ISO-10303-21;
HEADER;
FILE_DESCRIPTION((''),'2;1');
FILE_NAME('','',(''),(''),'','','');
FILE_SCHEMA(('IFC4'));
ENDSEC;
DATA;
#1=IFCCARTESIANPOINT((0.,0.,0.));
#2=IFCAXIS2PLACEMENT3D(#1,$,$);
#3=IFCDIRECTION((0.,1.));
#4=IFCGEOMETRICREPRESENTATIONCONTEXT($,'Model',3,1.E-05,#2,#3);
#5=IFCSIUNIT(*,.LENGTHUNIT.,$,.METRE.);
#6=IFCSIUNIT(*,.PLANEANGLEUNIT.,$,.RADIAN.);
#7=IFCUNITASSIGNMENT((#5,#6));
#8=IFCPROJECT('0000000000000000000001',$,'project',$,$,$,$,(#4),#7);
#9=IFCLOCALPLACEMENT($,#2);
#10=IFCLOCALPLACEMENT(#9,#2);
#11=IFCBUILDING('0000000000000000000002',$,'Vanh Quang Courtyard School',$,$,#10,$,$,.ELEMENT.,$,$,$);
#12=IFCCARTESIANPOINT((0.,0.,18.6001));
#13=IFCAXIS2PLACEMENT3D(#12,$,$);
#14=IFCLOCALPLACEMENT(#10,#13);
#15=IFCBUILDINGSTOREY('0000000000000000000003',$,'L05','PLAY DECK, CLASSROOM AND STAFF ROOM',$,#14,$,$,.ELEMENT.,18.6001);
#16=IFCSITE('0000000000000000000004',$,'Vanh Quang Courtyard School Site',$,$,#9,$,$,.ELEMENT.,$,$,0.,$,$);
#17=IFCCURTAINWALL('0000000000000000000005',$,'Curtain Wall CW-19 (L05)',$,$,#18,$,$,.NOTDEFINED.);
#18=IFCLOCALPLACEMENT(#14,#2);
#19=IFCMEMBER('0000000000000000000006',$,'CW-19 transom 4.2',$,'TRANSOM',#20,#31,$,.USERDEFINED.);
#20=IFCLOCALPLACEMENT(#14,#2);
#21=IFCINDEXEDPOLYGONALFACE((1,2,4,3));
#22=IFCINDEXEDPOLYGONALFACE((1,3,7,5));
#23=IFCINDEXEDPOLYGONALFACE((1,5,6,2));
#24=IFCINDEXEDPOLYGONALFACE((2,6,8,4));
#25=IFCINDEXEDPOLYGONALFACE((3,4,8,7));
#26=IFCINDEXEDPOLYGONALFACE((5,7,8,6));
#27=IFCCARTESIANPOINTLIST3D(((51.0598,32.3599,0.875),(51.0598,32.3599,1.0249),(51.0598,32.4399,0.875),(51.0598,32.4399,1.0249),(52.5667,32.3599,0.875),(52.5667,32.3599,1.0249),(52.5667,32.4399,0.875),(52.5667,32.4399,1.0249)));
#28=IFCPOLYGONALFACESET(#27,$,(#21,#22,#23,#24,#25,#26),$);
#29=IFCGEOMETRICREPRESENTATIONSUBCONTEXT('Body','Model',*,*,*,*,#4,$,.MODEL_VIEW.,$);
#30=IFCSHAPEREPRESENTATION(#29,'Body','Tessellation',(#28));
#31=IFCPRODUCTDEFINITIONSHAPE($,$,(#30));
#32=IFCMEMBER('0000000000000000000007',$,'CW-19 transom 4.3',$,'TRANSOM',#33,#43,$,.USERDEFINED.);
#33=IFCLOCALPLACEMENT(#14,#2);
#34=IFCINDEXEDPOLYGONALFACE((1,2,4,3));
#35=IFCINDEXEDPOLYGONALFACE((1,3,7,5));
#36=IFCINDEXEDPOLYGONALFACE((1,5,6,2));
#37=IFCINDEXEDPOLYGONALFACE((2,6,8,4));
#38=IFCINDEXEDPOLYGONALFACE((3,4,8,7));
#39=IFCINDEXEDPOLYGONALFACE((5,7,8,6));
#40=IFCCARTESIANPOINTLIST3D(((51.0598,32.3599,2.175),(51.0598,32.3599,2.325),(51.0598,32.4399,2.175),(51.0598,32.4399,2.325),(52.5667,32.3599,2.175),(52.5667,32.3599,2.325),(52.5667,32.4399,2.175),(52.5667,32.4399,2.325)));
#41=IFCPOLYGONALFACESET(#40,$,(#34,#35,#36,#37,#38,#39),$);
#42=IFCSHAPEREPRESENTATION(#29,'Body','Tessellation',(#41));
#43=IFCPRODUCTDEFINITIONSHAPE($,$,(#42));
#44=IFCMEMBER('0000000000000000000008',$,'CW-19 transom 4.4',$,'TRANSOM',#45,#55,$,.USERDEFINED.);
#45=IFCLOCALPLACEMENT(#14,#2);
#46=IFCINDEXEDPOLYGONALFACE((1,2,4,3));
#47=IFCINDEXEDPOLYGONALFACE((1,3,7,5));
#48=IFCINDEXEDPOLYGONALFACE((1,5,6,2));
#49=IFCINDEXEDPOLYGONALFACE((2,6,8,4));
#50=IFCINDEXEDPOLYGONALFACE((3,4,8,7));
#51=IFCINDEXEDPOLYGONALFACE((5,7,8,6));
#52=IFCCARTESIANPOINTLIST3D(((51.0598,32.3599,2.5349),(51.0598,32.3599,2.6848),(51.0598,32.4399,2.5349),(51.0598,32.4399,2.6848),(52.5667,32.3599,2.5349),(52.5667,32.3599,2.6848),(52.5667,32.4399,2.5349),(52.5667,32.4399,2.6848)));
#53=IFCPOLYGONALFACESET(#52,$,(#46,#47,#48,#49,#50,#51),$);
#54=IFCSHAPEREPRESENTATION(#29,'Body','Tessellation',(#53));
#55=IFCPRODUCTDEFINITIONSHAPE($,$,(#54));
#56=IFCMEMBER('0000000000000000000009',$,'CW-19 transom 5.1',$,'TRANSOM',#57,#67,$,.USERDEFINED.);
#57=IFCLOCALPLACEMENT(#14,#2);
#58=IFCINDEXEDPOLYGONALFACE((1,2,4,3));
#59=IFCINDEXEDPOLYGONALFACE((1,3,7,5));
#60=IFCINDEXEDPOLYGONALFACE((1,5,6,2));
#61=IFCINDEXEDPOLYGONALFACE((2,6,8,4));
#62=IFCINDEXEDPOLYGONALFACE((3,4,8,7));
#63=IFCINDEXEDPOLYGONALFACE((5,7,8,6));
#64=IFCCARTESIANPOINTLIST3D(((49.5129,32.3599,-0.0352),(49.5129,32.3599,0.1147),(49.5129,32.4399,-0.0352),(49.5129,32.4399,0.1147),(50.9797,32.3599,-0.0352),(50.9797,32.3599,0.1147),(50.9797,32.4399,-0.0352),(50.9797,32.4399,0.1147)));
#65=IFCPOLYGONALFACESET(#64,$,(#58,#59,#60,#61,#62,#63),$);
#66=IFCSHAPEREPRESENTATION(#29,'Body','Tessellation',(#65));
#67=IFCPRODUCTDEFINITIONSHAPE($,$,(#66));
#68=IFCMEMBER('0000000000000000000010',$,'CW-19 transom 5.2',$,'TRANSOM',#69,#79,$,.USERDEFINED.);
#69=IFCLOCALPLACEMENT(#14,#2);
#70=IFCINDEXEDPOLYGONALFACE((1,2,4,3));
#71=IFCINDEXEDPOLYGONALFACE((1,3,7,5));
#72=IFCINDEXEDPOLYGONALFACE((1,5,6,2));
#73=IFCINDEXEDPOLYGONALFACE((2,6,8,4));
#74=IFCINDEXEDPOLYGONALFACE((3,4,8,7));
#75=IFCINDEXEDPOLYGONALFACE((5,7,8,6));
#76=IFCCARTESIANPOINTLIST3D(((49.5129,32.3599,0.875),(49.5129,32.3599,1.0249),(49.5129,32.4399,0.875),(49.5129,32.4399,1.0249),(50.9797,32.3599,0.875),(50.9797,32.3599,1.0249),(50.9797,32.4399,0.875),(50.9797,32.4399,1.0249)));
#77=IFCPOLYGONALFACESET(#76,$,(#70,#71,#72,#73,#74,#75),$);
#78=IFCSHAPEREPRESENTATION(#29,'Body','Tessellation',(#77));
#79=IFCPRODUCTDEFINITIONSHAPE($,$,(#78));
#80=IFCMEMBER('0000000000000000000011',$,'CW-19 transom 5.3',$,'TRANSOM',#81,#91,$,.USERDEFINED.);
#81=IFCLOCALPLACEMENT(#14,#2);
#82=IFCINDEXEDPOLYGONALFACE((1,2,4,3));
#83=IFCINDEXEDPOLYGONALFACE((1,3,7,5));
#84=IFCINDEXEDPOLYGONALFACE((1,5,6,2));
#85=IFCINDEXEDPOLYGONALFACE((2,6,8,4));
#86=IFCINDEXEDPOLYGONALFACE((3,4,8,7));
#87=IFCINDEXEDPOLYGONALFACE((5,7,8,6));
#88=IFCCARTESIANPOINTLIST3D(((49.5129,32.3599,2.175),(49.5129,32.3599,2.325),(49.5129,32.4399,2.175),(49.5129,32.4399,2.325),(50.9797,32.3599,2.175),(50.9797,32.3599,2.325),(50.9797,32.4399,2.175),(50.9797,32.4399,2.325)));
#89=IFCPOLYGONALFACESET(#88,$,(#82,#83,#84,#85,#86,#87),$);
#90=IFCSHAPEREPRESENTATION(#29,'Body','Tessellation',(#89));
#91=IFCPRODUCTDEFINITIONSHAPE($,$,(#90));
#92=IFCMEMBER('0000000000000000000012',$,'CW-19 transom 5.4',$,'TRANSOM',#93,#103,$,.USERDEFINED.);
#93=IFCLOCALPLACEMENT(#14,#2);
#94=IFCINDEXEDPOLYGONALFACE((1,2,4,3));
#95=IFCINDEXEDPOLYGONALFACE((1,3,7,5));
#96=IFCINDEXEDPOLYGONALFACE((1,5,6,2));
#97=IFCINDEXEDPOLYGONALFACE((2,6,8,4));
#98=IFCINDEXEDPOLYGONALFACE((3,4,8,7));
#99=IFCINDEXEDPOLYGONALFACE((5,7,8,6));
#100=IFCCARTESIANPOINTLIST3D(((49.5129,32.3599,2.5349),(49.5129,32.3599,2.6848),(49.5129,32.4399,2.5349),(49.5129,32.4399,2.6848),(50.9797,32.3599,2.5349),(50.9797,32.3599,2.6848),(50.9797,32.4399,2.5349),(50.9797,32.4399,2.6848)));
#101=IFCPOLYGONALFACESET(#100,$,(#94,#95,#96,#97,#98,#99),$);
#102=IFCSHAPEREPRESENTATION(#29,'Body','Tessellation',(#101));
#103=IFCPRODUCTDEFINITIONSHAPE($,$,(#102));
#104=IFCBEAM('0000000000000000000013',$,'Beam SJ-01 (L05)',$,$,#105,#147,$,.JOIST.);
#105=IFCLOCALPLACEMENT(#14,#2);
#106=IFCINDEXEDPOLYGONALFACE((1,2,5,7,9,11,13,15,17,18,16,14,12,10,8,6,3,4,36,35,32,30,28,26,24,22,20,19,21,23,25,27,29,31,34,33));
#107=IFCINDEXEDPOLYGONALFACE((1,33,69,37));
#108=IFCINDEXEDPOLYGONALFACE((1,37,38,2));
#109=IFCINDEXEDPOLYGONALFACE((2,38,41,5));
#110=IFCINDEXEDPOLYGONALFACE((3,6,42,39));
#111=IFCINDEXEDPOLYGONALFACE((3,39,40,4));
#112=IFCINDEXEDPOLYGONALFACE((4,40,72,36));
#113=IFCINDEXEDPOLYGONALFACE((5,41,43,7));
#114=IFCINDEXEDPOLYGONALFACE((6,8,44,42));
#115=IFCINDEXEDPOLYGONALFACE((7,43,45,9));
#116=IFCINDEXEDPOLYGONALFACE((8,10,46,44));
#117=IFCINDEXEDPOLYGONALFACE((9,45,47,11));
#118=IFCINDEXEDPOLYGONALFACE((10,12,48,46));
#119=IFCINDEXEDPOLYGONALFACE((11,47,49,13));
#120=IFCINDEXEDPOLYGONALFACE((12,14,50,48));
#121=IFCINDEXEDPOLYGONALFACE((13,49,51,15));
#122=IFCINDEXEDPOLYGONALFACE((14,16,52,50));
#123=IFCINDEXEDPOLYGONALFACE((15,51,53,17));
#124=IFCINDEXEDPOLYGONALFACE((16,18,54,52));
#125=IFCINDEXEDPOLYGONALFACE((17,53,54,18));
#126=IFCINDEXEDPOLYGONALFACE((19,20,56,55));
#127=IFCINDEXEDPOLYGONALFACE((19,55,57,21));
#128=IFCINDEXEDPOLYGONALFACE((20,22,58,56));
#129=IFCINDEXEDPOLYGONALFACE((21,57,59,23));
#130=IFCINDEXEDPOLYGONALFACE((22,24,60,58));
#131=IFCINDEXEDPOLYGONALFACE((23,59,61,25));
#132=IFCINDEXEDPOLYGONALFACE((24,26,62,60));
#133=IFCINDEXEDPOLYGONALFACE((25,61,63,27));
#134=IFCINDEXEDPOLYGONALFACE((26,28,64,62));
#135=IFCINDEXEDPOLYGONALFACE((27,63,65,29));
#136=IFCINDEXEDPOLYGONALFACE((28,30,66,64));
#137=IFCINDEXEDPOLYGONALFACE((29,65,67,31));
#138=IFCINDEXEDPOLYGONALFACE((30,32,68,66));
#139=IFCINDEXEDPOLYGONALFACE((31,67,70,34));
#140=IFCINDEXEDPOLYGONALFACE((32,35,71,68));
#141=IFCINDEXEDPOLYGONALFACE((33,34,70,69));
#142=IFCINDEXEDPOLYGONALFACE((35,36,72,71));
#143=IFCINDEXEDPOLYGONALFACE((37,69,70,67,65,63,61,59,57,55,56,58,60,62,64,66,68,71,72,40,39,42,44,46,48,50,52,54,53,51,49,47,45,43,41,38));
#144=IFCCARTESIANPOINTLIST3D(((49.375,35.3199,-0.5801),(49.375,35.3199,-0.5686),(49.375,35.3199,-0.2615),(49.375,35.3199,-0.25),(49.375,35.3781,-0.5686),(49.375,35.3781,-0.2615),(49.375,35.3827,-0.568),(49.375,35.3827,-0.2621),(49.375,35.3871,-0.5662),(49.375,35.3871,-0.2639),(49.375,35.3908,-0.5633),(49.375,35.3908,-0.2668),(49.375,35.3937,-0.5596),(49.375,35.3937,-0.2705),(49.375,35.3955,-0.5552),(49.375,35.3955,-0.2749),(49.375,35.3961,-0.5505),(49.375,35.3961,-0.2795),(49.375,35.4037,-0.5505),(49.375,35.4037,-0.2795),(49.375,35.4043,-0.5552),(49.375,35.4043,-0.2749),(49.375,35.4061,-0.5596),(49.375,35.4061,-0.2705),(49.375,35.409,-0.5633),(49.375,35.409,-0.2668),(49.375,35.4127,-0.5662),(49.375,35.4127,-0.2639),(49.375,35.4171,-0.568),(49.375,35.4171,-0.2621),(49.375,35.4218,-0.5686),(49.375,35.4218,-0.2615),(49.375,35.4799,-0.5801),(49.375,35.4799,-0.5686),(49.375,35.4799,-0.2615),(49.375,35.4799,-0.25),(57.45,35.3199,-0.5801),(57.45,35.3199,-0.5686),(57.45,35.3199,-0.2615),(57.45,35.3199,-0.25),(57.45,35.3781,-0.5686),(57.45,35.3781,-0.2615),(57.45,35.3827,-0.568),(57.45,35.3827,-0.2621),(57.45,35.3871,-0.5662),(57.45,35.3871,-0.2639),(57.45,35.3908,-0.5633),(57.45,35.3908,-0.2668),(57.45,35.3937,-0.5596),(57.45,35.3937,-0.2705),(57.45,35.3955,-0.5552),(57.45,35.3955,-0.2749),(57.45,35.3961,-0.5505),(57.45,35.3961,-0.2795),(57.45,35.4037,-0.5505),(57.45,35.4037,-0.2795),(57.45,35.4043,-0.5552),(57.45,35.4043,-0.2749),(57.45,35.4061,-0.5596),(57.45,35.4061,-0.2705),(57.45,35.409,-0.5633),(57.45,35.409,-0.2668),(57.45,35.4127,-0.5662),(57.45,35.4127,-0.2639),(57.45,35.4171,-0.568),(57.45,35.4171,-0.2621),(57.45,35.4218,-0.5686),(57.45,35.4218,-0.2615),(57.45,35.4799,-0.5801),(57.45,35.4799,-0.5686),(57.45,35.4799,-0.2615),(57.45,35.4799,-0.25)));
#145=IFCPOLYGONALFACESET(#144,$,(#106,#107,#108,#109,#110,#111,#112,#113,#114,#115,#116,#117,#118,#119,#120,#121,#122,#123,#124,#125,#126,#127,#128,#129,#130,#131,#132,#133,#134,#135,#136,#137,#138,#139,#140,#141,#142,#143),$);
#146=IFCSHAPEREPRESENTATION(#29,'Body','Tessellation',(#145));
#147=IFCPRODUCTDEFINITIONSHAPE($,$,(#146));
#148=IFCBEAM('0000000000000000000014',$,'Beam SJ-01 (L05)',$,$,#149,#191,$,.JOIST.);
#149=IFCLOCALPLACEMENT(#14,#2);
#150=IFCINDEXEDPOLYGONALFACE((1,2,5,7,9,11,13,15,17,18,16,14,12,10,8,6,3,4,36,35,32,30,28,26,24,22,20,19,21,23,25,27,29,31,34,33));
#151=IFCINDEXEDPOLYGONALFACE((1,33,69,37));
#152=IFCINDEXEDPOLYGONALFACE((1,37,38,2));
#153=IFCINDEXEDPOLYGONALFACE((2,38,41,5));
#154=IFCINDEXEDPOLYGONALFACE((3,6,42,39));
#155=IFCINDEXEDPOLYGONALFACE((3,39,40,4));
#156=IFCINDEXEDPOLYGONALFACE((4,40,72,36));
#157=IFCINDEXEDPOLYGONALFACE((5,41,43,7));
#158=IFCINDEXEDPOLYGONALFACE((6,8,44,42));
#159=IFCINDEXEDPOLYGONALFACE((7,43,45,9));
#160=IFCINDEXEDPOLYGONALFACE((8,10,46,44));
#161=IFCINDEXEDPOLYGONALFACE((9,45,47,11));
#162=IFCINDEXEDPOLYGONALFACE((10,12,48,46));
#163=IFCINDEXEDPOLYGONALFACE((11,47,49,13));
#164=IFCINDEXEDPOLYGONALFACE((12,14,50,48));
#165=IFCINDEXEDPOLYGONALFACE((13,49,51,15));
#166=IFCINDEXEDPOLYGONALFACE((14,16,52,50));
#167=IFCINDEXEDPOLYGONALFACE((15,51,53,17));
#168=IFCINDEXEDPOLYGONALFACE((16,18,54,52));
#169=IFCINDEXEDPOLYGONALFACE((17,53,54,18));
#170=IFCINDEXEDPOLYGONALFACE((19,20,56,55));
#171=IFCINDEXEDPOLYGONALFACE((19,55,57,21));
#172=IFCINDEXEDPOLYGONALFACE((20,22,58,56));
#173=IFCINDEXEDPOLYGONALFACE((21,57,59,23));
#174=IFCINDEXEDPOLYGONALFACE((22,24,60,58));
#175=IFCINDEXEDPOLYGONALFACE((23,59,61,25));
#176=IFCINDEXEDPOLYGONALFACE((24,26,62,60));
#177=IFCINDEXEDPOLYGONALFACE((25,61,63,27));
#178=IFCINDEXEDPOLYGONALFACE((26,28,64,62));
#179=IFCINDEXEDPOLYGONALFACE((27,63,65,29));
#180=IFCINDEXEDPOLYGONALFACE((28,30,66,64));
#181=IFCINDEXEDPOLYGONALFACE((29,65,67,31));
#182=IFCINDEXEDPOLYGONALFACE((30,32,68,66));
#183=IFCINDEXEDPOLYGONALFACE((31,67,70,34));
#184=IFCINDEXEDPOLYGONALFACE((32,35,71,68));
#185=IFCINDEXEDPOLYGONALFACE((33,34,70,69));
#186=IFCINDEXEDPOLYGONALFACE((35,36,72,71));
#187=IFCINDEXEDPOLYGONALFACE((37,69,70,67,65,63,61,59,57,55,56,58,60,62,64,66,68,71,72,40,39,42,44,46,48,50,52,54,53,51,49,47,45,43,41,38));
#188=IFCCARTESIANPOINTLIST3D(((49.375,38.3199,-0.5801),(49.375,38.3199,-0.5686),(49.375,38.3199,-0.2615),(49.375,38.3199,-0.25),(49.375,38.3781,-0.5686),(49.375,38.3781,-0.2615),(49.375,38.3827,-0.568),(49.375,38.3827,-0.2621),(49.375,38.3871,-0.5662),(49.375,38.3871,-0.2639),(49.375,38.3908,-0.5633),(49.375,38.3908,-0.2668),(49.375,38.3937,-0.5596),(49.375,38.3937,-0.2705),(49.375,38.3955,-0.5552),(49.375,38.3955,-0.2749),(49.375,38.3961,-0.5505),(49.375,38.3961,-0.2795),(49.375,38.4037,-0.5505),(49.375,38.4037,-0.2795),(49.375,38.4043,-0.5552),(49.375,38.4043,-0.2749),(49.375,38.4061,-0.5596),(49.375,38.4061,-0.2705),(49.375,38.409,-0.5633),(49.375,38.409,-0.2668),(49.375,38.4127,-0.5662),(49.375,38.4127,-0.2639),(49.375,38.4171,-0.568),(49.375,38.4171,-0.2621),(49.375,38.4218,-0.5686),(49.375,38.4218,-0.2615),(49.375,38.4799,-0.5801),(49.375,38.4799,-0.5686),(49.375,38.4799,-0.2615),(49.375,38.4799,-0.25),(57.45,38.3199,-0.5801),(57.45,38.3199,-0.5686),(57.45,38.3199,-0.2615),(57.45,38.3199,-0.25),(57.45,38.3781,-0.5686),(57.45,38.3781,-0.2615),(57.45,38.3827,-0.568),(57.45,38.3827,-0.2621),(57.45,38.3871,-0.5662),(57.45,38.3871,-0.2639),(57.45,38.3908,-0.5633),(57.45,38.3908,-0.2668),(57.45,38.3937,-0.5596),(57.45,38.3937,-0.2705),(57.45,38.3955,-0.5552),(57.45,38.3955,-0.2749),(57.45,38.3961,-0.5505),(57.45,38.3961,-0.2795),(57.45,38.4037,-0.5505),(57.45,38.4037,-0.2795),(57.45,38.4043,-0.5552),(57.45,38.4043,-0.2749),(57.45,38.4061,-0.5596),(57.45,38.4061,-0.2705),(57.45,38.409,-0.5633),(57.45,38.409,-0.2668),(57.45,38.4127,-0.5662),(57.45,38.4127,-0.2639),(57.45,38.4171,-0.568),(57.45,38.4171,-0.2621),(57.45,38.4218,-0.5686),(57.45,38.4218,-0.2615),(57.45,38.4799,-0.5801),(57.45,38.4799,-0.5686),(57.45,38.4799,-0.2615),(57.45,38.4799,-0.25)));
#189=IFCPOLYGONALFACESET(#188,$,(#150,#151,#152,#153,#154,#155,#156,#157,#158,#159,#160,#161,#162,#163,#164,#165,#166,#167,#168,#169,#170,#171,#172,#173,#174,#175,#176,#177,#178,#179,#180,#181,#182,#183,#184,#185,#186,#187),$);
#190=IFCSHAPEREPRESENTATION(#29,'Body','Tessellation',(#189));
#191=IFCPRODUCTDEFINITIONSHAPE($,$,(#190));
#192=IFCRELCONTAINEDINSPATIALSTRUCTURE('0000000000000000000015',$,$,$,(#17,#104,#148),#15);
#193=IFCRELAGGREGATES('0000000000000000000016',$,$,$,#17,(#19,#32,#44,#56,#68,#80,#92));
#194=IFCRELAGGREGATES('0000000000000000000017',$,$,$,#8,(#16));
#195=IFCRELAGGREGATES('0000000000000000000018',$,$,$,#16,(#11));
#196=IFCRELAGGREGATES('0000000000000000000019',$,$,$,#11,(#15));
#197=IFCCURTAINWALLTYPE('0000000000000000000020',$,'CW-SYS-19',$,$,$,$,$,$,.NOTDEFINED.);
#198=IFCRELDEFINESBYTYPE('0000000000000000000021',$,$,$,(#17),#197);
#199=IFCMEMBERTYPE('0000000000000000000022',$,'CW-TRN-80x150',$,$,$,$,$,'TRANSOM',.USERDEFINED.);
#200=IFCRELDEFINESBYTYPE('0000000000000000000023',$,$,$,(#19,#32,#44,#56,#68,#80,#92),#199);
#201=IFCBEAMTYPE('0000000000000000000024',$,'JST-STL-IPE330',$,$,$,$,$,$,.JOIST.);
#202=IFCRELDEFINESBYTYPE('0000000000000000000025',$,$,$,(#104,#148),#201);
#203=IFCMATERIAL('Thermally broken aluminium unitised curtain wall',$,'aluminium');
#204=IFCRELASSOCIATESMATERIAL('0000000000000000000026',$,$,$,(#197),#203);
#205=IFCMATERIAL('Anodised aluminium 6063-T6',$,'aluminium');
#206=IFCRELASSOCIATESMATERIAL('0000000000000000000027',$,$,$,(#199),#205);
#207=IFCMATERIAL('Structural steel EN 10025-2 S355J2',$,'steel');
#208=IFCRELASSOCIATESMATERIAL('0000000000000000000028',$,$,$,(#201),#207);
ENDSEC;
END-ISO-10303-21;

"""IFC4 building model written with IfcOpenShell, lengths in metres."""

from ifc_helpers import new_model, si_unit, direction, frame, origin, origin_2d, place, context, subcontext, project, spatial, rectangle, i_section, extrude, material, material_profile, profile_set, type_object, element, aggregate, save


model = new_model("IFC4")

# Units and contexts
model_context = context("Model", 3, precision=1e-05, world=origin(), true_north=direction((0.0, 1.0)))
body_context = subcontext(model_context, "Body", "Model", "MODEL_VIEW")
ifc_project = project(units=[si_unit("LENGTHUNIT", "METRE"), si_unit("PLANEANGLEUNIT", "RADIAN")], contexts=[model_context])

# Site, building, storey
site_placement = place(None, origin())
site = spatial("IfcSite", under=ifc_project, at=site_placement, Name="Vanh Quang Courtyard School Site", CompositionType="ELEMENT", RefElevation=0.0)
building_placement = place(site_placement, origin())
building = spatial("IfcBuilding", under=site, at=building_placement, Name="Vanh Quang Courtyard School", CompositionType="ELEMENT")
storey_placement = place(building_placement, frame((0.0, 0.0, 18.6001)))
storey = spatial("IfcBuildingStorey", under=building, at=storey_placement, Name="L05", Description="PLAY DECK, CLASSROOM AND STAFF ROOM", CompositionType="ELEMENT", Elevation=18.6001)

# Curtain wall, members
ifc_material_1 = material(Name="Thermally broken aluminium unitised curtain wall", Category="aluminium")
curtain_wall_type = type_object("IfcCurtainWallType", Name="CW-SYS-19", PredefinedType="NOTDEFINED", material=ifc_material_1)
curtain_wall_placement = place(storey_placement, origin())
curtain_wall = element("IfcCurtainWall", 1, at=curtain_wall_placement, inside=storey, type_object=curtain_wall_type, Name="Curtain Wall CW-19 (L05)", PredefinedType="NOTDEFINED")
ifc_material_2 = material(Name="Anodised aluminium 6063-T6", Category="aluminium")
ifc_material_profile_1 = material_profile(ifc_material_2, rectangle(XDim=0.0801, YDim=0.1499, at=origin_2d()), Name="ALU-TRN 80x150")
ifc_profile_set_1 = profile_set([ifc_material_profile_1], Name="Anodised aluminium 6063-T6")
member_type_1 = type_object("IfcMemberType", Name="CW-TRN-80x150", ElementType="TRANSOM", PredefinedType="USERDEFINED", material=ifc_profile_set_1)
member_1_placement = place(storey_placement, frame((52.5667, 32.3999, 0.95), z_axis=(-1.0, 0.0, 0.0), x_axis=(0.0, -1.0, 0.0)))
member_1 = element("IfcMember", 2, at=member_1_placement, type_object=member_type_1, Name="CW-19 transom 4.2", ObjectType="TRANSOM", PredefinedType="USERDEFINED", context=body_context, shape_type="SweptSolid", body=[
    extrude(rectangle(XDim=0.0801, YDim=0.1499, at=origin_2d()), origin(), (0.0, 0.0, 1.0), 1.5068),
])
member_2_placement = place(storey_placement, frame((52.5667, 32.3999, 2.25), z_axis=(-1.0, 0.0, 0.0), x_axis=(0.0, -1.0, 0.0)))
member_2 = element("IfcMember", 3, at=member_2_placement, type_object=member_type_1, Name="CW-19 transom 4.3", ObjectType="TRANSOM", PredefinedType="USERDEFINED", context=body_context, shape_type="SweptSolid", body=[
    extrude(rectangle(XDim=0.0801, YDim=0.1499, at=origin_2d()), origin(), (0.0, 0.0, 1.0), 1.5068),
])
member_3_placement = place(storey_placement, frame((52.5667, 32.3999, 2.6099), z_axis=(-1.0, 0.0, 0.0), x_axis=(0.0, -1.0, 0.0)))
member_3 = element("IfcMember", 4, at=member_3_placement, type_object=member_type_1, Name="CW-19 transom 4.4", ObjectType="TRANSOM", PredefinedType="USERDEFINED", context=body_context, shape_type="SweptSolid", body=[
    extrude(rectangle(XDim=0.0801, YDim=0.1499, at=origin_2d()), origin(), (0.0, 0.0, 1.0), 1.5068),
])
member_4_placement = place(storey_placement, frame((50.9797, 32.3999, 0.0398), z_axis=(-1.0, 0.0, 0.0), x_axis=(0.0, -1.0, 0.0)))
member_4 = element("IfcMember", 5, at=member_4_placement, type_object=member_type_1, Name="CW-19 transom 5.1", ObjectType="TRANSOM", PredefinedType="USERDEFINED", context=body_context, shape_type="SweptSolid", body=[
    extrude(rectangle(XDim=0.0801, YDim=0.1499, at=origin_2d()), origin(), (0.0, 0.0, 1.0), 1.4668),
])
member_5_placement = place(storey_placement, frame((50.9797, 32.3999, 0.95), z_axis=(-1.0, 0.0, 0.0), x_axis=(0.0, -1.0, 0.0)))
member_5 = element("IfcMember", 6, at=member_5_placement, type_object=member_type_1, Name="CW-19 transom 5.2", ObjectType="TRANSOM", PredefinedType="USERDEFINED", context=body_context, shape_type="SweptSolid", body=[
    extrude(rectangle(XDim=0.0801, YDim=0.1499, at=origin_2d()), origin(), (0.0, 0.0, 1.0), 1.4668),
])
member_6_placement = place(storey_placement, frame((50.9797, 32.3999, 2.25), z_axis=(-1.0, 0.0, 0.0), x_axis=(0.0, -1.0, 0.0)))
member_6 = element("IfcMember", 7, at=member_6_placement, type_object=member_type_1, Name="CW-19 transom 5.3", ObjectType="TRANSOM", PredefinedType="USERDEFINED", context=body_context, shape_type="SweptSolid", body=[
    extrude(rectangle(XDim=0.0801, YDim=0.1499, at=origin_2d()), origin(), (0.0, 0.0, 1.0), 1.4668),
])
member_7_placement = place(storey_placement, frame((50.9797, 32.3999, 2.6099), z_axis=(-1.0, 0.0, 0.0), x_axis=(0.0, -1.0, 0.0)))
member_7 = element("IfcMember", 8, at=member_7_placement, type_object=member_type_1, Name="CW-19 transom 5.4", ObjectType="TRANSOM", PredefinedType="USERDEFINED", context=body_context, shape_type="SweptSolid", body=[
    extrude(rectangle(XDim=0.0801, YDim=0.1499, at=origin_2d()), origin(), (0.0, 0.0, 1.0), 1.4668),
])

# Beams
ifc_material_3 = material(Name="Structural steel EN 10025-2 S355J2", Category="steel")
ifc_material_profile_2 = material_profile(ifc_material_3, i_section(OverallWidth=0.1599, OverallDepth=0.3301, WebThickness=0.0076, FlangeThickness=0.0115, FilletRadius=0.0181, at=origin_2d()), Name="IPE 330")
ifc_profile_set_2 = profile_set([ifc_material_profile_2], Name="Structural steel EN 10025-2 S355J2")
beam_type_1 = type_object("IfcBeamType", Name="JST-STL-IPE330", PredefinedType="JOIST", material=ifc_profile_set_2)
for number, where, z_axis, x_axis, name in (
    (9, (49.375, 35.3999, -0.415), (1.0, 0.0, 0.0), (0.0, 1.0, 0.0), "Beam SJ-01 (L05)"),
    (10, (49.375, 38.3999, -0.415), (1.0, 0.0, 0.0), (0.0, 1.0, 0.0), "Beam SJ-01 (L05)"),
):
    element("IfcBeam", number, at=place(storey_placement, frame(where, z_axis=z_axis, x_axis=x_axis)), inside=storey, type_object=beam_type_1, Name=name, PredefinedType="JOIST", context=body_context, shape_type="SweptSolid", body=[
        extrude(i_section(OverallWidth=0.1599, OverallDepth=0.3301, WebThickness=0.0076, FlangeThickness=0.0115, FilletRadius=0.0181, at=origin_2d()), origin(), (0.0, 0.0, 1.0), 8.075),
    ])

aggregate(curtain_wall, [member_1, member_2, member_3, member_4, member_5, member_6, member_7])

save(model, "model.ifc")
